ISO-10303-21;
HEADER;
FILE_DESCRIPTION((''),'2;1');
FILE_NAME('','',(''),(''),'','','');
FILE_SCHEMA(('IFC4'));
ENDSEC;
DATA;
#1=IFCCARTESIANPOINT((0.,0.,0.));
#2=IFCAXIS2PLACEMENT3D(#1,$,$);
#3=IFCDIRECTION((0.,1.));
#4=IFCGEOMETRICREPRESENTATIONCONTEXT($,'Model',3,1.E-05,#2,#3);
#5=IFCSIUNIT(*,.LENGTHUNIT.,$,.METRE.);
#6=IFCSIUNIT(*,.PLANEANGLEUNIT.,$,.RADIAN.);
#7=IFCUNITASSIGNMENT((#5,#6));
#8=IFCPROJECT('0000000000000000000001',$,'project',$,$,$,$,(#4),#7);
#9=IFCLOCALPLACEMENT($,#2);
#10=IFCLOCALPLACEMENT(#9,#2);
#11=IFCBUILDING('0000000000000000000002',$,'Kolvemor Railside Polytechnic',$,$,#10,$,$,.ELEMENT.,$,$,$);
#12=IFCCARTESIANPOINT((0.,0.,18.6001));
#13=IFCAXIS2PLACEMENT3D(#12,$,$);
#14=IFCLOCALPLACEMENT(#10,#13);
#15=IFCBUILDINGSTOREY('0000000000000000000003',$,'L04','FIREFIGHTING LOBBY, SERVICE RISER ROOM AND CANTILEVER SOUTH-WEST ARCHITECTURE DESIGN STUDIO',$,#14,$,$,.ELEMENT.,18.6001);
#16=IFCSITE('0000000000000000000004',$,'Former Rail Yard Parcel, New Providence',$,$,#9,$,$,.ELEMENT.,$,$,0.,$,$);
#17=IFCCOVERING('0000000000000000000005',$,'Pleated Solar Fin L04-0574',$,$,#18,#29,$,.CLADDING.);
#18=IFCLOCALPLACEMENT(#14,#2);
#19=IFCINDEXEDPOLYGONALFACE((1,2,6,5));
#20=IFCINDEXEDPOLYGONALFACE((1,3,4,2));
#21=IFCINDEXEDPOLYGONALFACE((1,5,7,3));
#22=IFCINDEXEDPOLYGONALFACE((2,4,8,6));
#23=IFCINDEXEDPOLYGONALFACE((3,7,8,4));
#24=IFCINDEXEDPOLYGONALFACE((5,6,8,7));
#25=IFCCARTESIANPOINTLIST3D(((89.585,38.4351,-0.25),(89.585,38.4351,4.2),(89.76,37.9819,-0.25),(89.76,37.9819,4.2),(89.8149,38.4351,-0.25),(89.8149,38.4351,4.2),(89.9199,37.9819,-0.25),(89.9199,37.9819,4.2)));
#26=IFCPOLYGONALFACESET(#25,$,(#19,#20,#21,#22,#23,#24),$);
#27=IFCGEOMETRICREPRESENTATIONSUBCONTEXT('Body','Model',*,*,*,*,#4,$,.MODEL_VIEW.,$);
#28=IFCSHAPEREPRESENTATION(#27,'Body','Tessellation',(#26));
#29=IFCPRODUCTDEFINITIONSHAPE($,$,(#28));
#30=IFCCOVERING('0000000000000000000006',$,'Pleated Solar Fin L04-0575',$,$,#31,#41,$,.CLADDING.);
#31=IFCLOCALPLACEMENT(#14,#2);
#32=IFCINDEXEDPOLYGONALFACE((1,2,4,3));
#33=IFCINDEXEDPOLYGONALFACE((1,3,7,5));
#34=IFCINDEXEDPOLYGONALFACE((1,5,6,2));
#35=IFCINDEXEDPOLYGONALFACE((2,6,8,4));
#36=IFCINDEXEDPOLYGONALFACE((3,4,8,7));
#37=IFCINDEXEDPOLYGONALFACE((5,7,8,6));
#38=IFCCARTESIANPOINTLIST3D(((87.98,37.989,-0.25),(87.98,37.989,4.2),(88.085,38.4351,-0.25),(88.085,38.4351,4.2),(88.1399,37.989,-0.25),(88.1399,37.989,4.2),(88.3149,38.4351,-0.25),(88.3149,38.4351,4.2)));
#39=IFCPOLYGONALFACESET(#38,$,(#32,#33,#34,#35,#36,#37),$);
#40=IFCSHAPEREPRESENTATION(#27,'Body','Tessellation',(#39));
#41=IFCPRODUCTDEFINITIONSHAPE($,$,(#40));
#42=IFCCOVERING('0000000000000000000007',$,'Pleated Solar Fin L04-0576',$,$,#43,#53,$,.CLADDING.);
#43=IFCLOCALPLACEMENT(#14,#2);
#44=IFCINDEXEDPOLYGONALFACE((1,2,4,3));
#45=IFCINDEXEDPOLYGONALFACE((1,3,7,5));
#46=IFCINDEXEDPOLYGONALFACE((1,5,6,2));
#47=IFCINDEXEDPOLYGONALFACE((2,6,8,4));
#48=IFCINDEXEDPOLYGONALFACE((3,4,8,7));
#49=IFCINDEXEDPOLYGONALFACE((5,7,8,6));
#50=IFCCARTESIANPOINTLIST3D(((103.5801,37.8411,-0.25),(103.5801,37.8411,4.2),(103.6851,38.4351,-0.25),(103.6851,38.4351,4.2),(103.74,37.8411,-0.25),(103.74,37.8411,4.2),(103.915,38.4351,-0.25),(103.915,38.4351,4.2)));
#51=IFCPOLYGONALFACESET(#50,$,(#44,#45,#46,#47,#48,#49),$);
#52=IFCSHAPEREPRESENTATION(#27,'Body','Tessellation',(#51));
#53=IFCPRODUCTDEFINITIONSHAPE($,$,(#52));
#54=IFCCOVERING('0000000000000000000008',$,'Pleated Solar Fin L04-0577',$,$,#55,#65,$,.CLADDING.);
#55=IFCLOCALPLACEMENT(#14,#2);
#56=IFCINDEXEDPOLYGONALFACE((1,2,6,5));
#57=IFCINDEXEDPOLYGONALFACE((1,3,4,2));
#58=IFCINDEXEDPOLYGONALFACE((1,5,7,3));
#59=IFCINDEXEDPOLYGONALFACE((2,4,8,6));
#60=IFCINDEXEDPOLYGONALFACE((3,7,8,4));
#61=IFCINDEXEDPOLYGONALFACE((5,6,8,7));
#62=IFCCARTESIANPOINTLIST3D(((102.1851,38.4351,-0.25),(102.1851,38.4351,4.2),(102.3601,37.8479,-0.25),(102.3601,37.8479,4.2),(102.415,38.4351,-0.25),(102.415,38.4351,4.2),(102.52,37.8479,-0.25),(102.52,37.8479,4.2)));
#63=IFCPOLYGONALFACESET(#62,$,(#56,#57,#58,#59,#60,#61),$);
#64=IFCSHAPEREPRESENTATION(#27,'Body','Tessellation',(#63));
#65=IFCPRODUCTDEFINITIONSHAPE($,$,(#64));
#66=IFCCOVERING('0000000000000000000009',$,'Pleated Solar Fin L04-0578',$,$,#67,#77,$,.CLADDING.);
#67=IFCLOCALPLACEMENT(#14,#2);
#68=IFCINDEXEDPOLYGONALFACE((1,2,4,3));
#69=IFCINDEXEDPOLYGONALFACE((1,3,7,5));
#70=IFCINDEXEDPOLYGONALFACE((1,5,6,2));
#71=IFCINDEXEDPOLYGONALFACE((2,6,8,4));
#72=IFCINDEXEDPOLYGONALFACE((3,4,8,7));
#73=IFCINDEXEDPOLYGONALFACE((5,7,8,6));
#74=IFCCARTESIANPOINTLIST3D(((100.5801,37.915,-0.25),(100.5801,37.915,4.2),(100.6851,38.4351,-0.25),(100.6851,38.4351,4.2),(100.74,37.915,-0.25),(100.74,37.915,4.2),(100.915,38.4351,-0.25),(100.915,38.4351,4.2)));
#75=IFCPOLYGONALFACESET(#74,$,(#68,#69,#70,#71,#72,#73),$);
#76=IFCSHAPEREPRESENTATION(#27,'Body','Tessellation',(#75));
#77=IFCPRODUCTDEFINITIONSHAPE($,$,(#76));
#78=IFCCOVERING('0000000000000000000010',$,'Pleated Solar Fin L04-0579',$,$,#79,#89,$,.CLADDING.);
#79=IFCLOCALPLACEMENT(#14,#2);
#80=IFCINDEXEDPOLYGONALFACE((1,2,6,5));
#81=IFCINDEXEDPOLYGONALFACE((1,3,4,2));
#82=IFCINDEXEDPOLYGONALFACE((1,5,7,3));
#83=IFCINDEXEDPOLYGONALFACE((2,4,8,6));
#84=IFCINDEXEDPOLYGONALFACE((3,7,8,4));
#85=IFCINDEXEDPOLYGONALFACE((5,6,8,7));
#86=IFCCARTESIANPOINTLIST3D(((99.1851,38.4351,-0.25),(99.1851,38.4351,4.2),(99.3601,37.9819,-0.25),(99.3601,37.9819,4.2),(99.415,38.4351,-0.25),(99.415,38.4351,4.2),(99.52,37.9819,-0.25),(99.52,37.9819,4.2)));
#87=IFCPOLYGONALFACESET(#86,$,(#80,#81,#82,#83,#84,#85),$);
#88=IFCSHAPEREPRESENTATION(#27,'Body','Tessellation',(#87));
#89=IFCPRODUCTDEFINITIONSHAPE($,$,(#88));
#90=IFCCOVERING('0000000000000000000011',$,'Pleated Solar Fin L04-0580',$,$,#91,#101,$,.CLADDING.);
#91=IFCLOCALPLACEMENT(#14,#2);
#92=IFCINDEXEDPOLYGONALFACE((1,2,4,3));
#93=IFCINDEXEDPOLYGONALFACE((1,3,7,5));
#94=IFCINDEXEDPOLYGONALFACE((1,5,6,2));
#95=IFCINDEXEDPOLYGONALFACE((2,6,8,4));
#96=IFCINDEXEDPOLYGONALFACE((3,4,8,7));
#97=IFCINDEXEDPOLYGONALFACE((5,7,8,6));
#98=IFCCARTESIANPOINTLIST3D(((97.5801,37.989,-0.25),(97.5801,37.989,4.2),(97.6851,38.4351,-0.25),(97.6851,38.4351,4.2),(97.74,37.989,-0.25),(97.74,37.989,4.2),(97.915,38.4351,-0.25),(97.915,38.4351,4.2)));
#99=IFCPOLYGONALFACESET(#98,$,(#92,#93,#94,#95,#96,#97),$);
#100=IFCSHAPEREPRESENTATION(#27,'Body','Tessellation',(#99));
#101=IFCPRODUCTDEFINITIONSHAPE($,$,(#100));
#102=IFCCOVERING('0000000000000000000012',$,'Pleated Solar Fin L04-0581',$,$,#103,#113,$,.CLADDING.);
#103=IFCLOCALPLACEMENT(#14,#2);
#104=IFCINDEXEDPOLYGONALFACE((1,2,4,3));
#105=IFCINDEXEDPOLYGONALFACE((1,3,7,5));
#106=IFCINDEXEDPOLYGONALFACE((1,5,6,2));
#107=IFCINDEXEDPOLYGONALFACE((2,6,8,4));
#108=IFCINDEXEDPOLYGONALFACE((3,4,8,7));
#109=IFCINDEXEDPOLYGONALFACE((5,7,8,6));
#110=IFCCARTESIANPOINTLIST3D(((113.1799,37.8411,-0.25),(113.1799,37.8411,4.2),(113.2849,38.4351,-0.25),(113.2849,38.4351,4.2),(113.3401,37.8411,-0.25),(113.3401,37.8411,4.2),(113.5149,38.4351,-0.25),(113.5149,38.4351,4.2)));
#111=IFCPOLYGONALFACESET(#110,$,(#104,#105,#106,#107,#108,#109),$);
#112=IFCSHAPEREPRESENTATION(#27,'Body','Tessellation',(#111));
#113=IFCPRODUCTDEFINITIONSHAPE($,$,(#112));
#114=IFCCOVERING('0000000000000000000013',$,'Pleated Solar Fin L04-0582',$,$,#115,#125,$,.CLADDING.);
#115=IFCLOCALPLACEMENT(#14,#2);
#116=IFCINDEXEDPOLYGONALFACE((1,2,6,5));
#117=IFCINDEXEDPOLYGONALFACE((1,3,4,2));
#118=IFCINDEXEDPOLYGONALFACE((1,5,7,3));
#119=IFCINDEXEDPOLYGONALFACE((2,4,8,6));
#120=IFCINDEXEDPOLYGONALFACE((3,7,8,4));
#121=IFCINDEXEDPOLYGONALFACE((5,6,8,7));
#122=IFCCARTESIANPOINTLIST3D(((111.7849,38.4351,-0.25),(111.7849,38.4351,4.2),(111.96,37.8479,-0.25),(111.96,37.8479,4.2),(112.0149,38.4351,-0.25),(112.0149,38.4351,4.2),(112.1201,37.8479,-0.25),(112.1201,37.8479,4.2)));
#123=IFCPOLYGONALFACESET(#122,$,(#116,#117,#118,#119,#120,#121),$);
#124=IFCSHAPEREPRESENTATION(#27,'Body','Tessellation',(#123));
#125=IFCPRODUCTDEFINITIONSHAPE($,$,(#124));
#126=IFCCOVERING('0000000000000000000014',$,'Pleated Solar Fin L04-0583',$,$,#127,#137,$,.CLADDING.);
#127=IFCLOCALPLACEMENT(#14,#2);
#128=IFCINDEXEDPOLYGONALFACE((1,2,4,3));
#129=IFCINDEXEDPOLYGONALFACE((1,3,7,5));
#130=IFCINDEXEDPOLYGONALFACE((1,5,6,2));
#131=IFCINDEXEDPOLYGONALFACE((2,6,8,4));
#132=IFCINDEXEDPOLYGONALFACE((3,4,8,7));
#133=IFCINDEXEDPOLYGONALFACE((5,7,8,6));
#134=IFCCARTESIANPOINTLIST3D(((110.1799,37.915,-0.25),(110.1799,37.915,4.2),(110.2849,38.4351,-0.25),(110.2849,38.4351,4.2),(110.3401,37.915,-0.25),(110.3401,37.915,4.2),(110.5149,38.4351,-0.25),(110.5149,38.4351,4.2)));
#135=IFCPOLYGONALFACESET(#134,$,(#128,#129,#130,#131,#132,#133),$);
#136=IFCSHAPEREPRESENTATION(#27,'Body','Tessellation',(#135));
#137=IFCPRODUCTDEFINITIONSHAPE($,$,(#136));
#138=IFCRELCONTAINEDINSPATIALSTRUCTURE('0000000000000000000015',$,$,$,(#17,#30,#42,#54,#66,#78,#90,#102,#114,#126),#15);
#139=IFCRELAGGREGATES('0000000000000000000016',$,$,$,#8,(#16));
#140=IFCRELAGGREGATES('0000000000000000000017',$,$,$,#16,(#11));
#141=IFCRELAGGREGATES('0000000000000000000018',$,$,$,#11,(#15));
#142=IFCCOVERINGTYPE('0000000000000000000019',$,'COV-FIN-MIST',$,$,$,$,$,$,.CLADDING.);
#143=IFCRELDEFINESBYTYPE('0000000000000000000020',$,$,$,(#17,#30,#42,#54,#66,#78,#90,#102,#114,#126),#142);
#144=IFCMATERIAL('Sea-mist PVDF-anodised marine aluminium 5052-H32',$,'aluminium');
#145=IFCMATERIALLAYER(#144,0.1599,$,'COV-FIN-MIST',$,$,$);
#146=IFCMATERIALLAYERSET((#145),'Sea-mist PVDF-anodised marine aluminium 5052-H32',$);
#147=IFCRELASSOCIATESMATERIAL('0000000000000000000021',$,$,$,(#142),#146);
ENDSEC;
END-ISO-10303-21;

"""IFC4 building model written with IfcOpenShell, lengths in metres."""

from ifc_helpers import new_model, si_unit, direction, frame, origin, place, context, subcontext, project, spatial, polyline, outline, extrude, material, layer, layer_set, type_object, element, save


model = new_model("IFC4")

# Units and contexts
model_context = context("Model", 3, precision=1e-05, world=origin(), true_north=direction((0.0, 1.0)))
body_context = subcontext(model_context, "Body", "Model", "MODEL_VIEW")
ifc_project = project(units=[si_unit("LENGTHUNIT", "METRE"), si_unit("PLANEANGLEUNIT", "RADIAN")], contexts=[model_context])

# Site, building, storey
site_placement = place(None, origin())
site = spatial("IfcSite", under=ifc_project, at=site_placement, Name="Former Rail Yard Parcel, New Providence", CompositionType="ELEMENT", RefElevation=0.0)
building_placement = place(site_placement, origin())
building = spatial("IfcBuilding", under=site, at=building_placement, Name="Kolvemor Railside Polytechnic", CompositionType="ELEMENT")
storey_placement = place(building_placement, frame((0.0, 0.0, 18.6001)))
storey = spatial("IfcBuildingStorey", under=building, at=storey_placement, Name="L04", Description="FIREFIGHTING LOBBY, SERVICE RISER ROOM AND CANTILEVER SOUTH-WEST ARCHITECTURE DESIGN STUDIO", CompositionType="ELEMENT", Elevation=18.6001)

# Coverings
ifc_material = material(Name="Sea-mist PVDF-anodised marine aluminium 5052-H32", Category="aluminium")
ifc_layer = layer(ifc_material, 0.1599, Name="COV-FIN-MIST")
ifc_layer_set = layer_set([ifc_layer], Name="Sea-mist PVDF-anodised marine aluminium 5052-H32")
covering_type = type_object("IfcCoveringType", Name="COV-FIN-MIST", PredefinedType="CLADDING", material=ifc_layer_set)
covering_1_placement = place(storey_placement, frame((0.0, 0.0, -0.25)))
element("IfcCovering", 1, at=covering_1_placement, inside=storey, type_object=covering_type, Name="Pleated Solar Fin L04-0574", PredefinedType="CLADDING", context=body_context, shape_type="SweptSolid", body=[
    extrude(outline(polyline([(89.8149, 38.4351), (89.585, 38.4351), (89.76, 37.9819), (89.9199, 37.9819), (89.8149, 38.4351)])), origin(), (0.0, 0.0, 1.0), 4.45),
])
covering_2_placement = place(storey_placement, frame((0.0, 0.0, -0.25)))
element("IfcCovering", 2, at=covering_2_placement, inside=storey, type_object=covering_type, Name="Pleated Solar Fin L04-0575", PredefinedType="CLADDING", context=body_context, shape_type="SweptSolid", body=[
    extrude(outline(polyline([(88.3149, 38.4351), (88.085, 38.4351), (87.98, 37.989), (88.1399, 37.989), (88.3149, 38.4351)])), origin(), (0.0, 0.0, 1.0), 4.45),
])
covering_3_placement = place(storey_placement, frame((0.0, 0.0, -0.25)))
element("IfcCovering", 3, at=covering_3_placement, inside=storey, type_object=covering_type, Name="Pleated Solar Fin L04-0576", PredefinedType="CLADDING", context=body_context, shape_type="SweptSolid", body=[
    extrude(outline(polyline([(103.915, 38.4351), (103.6851, 38.4351), (103.5801, 37.8411), (103.74, 37.8411), (103.915, 38.4351)])), origin(), (0.0, 0.0, 1.0), 4.45),
])
covering_4_placement = place(storey_placement, frame((0.0, 0.0, -0.25)))
element("IfcCovering", 4, at=covering_4_placement, inside=storey, type_object=covering_type, Name="Pleated Solar Fin L04-0577", PredefinedType="CLADDING", context=body_context, shape_type="SweptSolid", body=[
    extrude(outline(polyline([(102.415, 38.4351), (102.1851, 38.4351), (102.3601, 37.8479), (102.52, 37.8479), (102.415, 38.4351)])), origin(), (0.0, 0.0, 1.0), 4.45),
])
covering_5_placement = place(storey_placement, frame((0.0, 0.0, -0.25)))
element("IfcCovering", 5, at=covering_5_placement, inside=storey, type_object=covering_type, Name="Pleated Solar Fin L04-0578", PredefinedType="CLADDING", context=body_context, shape_type="SweptSolid", body=[
    extrude(outline(polyline([(100.915, 38.4351), (100.6851, 38.4351), (100.5801, 37.915), (100.74, 37.915), (100.915, 38.4351)])), origin(), (0.0, 0.0, 1.0), 4.45),
])
covering_6_placement = place(storey_placement, frame((0.0, 0.0, -0.25)))
element("IfcCovering", 6, at=covering_6_placement, inside=storey, type_object=covering_type, Name="Pleated Solar Fin L04-0579", PredefinedType="CLADDING", context=body_context, shape_type="SweptSolid", body=[
    extrude(outline(polyline([(99.415, 38.4351), (99.1851, 38.4351), (99.3601, 37.9819), (99.52, 37.9819), (99.415, 38.4351)])), origin(), (0.0, 0.0, 1.0), 4.45),
])
covering_7_placement = place(storey_placement, frame((0.0, 0.0, -0.25)))
element("IfcCovering", 7, at=covering_7_placement, inside=storey, type_object=covering_type, Name="Pleated Solar Fin L04-0580", PredefinedType="CLADDING", context=body_context, shape_type="SweptSolid", body=[
    extrude(outline(polyline([(97.915, 38.4351), (97.6851, 38.4351), (97.5801, 37.989), (97.74, 37.989), (97.915, 38.4351)])), origin(), (0.0, 0.0, 1.0), 4.45),
])
covering_8_placement = place(storey_placement, frame((0.0, 0.0, -0.25)))
element("IfcCovering", 8, at=covering_8_placement, inside=storey, type_object=covering_type, Name="Pleated Solar Fin L04-0581", PredefinedType="CLADDING", context=body_context, shape_type="SweptSolid", body=[
    extrude(outline(polyline([(113.5149, 38.4351), (113.2849, 38.4351), (113.1799, 37.8411), (113.3401, 37.8411), (113.5149, 38.4351)])), origin(), (0.0, 0.0, 1.0), 4.45),
])
covering_9_placement = place(storey_placement, frame((0.0, 0.0, -0.25)))
element("IfcCovering", 9, at=covering_9_placement, inside=storey, type_object=covering_type, Name="Pleated Solar Fin L04-0582", PredefinedType="CLADDING", context=body_context, shape_type="SweptSolid", body=[
    extrude(outline(polyline([(112.0149, 38.4351), (111.7849, 38.4351), (111.96, 37.8479), (112.1201, 37.8479), (112.0149, 38.4351)])), origin(), (0.0, 0.0, 1.0), 4.45),
])
covering_10_placement = place(storey_placement, frame((0.0, 0.0, -0.25)))
element("IfcCovering", 10, at=covering_10_placement, inside=storey, type_object=covering_type, Name="Pleated Solar Fin L04-0583", PredefinedType="CLADDING", context=body_context, shape_type="SweptSolid", body=[
    extrude(outline(polyline([(110.5149, 38.4351), (110.2849, 38.4351), (110.1799, 37.915), (110.3401, 37.915), (110.5149, 38.4351)])), origin(), (0.0, 0.0, 1.0), 4.45),
])

save(model, "model.ifc")
